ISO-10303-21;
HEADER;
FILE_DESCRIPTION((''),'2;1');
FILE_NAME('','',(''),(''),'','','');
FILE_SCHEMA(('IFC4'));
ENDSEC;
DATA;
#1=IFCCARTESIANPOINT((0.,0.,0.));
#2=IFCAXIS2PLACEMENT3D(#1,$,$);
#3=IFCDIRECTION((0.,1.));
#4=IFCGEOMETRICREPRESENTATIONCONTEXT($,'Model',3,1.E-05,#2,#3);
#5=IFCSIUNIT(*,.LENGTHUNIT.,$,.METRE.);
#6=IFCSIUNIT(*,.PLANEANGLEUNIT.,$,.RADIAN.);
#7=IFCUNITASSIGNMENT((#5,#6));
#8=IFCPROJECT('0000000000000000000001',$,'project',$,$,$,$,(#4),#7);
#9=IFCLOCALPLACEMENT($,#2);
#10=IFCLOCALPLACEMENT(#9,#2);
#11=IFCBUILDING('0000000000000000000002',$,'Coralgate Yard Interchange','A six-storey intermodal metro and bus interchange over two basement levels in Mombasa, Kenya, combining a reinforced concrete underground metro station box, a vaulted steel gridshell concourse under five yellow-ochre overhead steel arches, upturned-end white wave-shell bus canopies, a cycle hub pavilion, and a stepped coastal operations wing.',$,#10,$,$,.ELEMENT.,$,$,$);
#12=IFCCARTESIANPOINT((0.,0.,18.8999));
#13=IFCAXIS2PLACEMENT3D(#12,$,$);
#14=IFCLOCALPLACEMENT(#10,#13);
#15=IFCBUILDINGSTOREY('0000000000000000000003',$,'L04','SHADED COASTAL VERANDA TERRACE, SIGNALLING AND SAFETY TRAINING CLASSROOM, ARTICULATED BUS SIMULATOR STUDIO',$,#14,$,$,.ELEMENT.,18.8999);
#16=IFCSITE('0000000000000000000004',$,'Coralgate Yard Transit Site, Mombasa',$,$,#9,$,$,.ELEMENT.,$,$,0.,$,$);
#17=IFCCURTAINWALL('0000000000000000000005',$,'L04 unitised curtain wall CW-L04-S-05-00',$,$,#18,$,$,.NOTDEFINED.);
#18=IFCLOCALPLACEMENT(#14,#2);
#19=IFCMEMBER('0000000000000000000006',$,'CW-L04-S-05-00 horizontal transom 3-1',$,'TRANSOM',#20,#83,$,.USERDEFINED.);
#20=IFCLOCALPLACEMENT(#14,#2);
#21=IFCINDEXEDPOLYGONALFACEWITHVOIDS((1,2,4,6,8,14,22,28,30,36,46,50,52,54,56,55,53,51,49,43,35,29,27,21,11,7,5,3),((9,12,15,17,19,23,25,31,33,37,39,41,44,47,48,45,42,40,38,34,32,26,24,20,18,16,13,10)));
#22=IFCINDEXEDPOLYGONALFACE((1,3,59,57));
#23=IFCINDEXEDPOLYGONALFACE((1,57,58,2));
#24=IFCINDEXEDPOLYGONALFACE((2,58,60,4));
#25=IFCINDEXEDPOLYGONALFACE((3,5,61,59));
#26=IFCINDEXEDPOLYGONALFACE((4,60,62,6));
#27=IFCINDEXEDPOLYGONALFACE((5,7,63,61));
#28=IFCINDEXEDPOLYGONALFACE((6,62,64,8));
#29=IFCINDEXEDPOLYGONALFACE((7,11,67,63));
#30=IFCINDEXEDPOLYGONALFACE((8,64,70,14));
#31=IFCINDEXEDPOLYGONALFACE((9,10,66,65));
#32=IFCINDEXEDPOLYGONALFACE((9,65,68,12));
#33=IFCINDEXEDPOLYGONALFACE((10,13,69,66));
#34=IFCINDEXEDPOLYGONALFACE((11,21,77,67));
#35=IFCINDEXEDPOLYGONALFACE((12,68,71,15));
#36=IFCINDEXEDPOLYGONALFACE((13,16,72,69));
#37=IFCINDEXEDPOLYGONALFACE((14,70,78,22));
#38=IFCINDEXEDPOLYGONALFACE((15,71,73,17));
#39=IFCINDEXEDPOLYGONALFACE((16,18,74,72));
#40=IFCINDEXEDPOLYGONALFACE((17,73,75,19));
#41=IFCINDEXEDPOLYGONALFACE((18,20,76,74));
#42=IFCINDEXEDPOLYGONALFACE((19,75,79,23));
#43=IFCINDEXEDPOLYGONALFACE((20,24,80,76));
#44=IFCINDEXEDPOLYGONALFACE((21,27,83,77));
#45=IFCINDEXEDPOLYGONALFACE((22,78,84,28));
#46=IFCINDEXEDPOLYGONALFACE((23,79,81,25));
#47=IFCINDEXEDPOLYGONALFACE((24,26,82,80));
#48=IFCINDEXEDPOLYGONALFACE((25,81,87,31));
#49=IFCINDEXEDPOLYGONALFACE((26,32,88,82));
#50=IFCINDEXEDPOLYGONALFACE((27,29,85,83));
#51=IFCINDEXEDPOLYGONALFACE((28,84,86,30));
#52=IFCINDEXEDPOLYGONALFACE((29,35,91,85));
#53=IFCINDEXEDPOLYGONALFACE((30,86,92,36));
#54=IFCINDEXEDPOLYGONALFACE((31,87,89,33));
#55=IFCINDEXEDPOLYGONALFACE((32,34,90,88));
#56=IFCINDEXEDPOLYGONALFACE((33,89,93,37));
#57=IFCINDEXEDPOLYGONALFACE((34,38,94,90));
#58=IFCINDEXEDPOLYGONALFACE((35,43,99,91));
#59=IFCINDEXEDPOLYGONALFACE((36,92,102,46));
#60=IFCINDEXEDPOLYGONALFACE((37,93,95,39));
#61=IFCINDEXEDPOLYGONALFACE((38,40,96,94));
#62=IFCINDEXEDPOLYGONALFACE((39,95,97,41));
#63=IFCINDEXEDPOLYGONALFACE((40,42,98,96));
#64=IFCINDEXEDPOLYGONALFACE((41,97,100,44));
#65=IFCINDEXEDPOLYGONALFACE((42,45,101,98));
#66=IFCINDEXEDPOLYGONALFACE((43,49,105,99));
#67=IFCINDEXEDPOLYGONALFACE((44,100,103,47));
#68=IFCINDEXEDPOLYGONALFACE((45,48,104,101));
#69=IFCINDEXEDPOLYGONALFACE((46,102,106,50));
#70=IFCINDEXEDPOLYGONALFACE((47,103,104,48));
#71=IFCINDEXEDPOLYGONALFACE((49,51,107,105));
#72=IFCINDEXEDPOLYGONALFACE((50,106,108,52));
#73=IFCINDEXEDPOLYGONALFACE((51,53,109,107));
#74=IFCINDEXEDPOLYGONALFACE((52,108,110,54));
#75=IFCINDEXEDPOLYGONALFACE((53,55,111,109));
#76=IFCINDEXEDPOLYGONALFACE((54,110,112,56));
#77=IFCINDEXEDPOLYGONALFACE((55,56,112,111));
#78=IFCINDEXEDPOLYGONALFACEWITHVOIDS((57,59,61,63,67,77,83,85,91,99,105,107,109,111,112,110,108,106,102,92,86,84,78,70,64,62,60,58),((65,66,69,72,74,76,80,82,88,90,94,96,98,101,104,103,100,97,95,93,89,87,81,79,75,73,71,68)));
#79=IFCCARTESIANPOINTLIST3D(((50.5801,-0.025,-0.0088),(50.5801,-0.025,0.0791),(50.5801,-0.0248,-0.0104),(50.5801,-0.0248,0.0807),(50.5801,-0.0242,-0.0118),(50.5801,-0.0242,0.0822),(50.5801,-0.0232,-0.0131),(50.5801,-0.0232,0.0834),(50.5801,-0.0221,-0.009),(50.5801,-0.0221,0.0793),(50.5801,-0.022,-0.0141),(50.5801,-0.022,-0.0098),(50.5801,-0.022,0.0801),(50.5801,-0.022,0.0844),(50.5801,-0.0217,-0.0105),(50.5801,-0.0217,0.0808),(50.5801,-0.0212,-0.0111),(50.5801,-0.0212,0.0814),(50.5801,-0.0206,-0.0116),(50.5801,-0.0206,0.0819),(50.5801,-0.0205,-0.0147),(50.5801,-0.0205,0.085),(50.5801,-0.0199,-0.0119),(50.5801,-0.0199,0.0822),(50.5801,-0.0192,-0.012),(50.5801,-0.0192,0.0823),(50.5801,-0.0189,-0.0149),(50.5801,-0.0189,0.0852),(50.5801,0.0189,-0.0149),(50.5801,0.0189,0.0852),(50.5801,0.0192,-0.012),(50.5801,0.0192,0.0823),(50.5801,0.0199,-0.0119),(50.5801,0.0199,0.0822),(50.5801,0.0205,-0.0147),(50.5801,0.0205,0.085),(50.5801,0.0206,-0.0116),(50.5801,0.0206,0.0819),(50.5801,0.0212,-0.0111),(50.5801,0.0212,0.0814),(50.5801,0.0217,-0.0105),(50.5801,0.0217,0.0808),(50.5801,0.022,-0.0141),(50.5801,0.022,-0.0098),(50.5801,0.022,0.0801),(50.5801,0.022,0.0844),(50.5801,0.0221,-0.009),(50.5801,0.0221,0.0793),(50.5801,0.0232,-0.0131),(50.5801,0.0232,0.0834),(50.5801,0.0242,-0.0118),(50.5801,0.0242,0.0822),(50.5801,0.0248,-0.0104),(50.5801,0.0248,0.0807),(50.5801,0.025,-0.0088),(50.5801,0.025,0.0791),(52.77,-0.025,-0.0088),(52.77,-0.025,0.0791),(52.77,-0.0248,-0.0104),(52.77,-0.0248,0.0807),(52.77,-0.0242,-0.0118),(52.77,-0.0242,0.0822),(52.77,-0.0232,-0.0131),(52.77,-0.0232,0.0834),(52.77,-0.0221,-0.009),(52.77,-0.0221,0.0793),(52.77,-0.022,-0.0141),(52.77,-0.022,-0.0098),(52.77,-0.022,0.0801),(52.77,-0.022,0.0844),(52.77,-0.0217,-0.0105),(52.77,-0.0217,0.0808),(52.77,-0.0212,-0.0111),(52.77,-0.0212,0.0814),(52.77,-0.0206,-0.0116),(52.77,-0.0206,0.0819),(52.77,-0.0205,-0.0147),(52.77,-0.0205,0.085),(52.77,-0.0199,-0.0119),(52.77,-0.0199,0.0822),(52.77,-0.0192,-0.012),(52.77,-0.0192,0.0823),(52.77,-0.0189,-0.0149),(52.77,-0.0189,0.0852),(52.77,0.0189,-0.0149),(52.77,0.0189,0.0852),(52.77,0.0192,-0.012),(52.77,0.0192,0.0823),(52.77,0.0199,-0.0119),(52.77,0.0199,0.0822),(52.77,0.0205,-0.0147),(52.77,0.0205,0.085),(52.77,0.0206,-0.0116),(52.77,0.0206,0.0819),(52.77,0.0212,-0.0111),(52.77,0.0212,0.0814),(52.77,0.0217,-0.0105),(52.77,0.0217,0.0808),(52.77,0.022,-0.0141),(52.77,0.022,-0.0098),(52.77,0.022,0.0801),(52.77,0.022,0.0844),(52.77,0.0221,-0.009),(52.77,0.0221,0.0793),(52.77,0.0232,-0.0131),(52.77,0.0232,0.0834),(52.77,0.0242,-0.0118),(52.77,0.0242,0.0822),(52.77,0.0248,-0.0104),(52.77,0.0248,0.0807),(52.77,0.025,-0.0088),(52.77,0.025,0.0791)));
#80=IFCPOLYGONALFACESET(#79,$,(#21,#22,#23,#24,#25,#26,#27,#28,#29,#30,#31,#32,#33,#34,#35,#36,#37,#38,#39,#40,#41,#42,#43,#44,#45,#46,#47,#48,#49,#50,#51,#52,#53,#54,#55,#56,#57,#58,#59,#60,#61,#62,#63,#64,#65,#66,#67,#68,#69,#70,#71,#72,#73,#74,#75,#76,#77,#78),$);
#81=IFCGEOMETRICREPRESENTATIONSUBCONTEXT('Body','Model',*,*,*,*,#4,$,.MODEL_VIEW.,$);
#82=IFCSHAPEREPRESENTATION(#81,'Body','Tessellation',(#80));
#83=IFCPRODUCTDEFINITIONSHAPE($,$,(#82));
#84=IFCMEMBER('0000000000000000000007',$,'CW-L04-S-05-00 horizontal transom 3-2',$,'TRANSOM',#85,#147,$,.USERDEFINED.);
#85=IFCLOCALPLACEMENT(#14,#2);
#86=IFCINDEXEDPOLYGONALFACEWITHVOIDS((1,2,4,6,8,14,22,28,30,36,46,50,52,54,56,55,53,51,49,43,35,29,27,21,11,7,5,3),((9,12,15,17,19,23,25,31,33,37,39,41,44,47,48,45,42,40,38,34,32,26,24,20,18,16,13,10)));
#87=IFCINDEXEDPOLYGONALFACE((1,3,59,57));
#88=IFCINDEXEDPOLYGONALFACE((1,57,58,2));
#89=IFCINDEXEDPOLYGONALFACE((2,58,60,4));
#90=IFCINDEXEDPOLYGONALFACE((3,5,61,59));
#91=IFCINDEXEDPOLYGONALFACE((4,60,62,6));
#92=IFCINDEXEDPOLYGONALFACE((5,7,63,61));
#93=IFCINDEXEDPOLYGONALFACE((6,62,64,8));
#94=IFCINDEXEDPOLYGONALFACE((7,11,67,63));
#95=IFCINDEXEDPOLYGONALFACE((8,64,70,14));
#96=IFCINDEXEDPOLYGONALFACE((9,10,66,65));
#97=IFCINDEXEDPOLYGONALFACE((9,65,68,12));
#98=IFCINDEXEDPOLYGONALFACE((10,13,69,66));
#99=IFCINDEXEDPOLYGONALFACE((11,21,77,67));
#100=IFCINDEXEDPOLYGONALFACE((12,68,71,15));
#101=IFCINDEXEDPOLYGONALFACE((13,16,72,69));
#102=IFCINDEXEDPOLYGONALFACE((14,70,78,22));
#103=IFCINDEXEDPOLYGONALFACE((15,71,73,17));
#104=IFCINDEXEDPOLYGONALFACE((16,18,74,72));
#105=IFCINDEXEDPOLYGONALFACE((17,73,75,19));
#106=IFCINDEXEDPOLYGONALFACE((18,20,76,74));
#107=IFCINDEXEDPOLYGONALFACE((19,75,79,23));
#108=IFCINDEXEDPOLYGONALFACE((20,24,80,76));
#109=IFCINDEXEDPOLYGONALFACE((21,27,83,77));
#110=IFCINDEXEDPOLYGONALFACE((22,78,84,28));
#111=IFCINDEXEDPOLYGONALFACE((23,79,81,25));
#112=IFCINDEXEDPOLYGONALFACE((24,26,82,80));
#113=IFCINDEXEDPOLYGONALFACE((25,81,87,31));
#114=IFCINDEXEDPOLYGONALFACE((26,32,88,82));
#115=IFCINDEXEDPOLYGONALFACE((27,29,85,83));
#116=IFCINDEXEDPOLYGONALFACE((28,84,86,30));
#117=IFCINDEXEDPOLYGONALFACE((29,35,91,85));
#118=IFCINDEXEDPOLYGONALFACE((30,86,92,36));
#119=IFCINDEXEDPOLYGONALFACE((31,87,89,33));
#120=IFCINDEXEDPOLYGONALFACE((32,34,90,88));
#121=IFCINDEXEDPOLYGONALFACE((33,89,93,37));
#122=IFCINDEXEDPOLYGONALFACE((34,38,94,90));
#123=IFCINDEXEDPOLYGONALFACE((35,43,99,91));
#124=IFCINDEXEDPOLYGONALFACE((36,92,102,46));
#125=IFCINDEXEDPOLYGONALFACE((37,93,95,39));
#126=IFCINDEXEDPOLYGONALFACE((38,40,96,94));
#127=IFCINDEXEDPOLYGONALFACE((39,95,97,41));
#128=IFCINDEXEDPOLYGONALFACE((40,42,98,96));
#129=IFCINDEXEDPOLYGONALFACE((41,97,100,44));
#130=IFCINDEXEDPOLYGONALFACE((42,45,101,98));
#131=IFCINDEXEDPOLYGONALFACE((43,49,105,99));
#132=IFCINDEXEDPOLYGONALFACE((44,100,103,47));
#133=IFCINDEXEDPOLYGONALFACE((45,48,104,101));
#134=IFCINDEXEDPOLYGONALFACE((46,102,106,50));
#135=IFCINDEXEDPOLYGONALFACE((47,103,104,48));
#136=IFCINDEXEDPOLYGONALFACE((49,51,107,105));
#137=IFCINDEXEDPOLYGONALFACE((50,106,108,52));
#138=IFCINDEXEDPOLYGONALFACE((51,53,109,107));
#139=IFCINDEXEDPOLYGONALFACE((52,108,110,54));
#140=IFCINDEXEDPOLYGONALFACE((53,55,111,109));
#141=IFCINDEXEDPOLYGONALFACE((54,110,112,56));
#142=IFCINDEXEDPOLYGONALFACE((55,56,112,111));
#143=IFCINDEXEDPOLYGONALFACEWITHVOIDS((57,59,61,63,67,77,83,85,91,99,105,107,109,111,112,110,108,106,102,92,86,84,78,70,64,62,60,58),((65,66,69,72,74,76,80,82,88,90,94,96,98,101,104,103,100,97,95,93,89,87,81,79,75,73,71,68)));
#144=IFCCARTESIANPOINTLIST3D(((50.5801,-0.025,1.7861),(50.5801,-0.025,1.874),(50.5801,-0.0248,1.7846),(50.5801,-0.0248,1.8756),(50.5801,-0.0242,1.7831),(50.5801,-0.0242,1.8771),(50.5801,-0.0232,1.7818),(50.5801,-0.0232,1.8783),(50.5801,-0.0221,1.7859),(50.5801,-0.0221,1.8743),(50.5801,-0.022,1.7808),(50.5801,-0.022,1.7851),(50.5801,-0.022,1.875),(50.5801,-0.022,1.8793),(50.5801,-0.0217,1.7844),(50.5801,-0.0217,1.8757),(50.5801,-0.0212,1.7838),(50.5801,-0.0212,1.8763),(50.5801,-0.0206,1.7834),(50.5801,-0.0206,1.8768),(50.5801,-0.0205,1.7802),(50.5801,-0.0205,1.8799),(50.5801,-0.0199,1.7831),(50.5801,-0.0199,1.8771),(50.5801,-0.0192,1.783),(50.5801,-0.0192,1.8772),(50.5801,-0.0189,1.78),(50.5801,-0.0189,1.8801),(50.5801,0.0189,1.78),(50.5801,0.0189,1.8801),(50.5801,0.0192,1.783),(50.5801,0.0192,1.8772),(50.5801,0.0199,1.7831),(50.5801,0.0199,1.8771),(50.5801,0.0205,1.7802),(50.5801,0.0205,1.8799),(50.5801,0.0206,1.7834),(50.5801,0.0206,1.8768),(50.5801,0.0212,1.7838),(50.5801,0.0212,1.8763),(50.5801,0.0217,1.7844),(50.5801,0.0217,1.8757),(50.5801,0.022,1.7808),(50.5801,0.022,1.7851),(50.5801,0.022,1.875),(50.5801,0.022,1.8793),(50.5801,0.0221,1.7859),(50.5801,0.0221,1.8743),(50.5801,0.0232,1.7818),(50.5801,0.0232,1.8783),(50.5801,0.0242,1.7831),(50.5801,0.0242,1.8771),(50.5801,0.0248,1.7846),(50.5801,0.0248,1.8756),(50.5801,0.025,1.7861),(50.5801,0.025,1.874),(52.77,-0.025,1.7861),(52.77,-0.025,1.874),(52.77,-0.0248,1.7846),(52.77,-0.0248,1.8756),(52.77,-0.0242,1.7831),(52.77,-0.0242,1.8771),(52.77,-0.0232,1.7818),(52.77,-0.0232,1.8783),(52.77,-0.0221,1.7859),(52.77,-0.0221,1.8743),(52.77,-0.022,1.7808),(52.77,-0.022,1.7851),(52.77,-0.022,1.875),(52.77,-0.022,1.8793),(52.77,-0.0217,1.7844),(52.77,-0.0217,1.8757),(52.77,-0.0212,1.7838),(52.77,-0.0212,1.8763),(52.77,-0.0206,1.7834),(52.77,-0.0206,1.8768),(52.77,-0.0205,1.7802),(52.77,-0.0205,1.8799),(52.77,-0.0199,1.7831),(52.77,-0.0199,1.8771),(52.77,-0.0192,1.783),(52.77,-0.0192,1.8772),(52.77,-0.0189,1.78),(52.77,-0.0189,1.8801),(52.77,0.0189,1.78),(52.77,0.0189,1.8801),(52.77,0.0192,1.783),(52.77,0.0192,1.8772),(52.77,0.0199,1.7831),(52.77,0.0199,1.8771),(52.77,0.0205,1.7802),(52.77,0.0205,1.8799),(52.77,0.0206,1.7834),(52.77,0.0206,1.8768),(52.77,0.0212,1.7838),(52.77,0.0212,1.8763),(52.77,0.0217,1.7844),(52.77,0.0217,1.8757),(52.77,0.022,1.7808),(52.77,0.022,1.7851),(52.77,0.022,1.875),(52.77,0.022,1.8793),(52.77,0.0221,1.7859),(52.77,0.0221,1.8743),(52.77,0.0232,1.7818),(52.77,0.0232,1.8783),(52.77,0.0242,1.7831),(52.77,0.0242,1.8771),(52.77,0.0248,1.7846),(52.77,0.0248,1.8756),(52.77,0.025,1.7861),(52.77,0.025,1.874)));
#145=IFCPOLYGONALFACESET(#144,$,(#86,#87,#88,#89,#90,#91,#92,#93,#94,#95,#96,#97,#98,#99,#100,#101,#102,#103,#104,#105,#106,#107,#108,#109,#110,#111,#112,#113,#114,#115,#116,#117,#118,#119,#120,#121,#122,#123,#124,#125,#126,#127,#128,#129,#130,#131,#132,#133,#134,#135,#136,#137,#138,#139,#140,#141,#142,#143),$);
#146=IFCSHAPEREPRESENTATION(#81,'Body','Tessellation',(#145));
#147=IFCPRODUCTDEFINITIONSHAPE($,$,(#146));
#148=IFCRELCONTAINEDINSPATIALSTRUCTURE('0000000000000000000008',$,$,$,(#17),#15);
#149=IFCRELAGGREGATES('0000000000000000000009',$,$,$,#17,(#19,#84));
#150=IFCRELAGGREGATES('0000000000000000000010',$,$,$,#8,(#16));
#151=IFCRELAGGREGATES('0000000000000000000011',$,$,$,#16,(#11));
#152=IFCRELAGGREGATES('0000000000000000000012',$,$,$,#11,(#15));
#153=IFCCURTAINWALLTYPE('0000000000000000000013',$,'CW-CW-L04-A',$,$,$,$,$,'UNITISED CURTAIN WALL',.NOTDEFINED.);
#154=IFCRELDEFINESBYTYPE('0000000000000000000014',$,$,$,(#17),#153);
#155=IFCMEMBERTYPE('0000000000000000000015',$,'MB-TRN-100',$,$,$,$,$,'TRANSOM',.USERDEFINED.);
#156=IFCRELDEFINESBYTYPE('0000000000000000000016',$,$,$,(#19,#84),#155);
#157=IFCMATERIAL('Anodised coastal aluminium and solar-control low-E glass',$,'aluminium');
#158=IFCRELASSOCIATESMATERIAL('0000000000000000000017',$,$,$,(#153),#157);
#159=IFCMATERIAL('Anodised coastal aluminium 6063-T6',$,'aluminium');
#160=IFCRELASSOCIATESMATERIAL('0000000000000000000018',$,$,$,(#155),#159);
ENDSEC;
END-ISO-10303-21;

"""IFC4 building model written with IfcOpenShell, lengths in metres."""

from ifc_helpers import new_model, si_unit, direction, frame, origin, origin_2d, place, context, subcontext, project, spatial, hollow_rectangle, extrude, material, material_profile, profile_set, type_object, element, aggregate, save


model = new_model("IFC4")

# Units and contexts
model_context = context("Model", 3, precision=1e-05, world=origin(), true_north=direction((0.0, 1.0)))
body_context = subcontext(model_context, "Body", "Model", "MODEL_VIEW")
ifc_project = project(units=[si_unit("LENGTHUNIT", "METRE"), si_unit("PLANEANGLEUNIT", "RADIAN")], contexts=[model_context])

# Site, building, storey
site_placement = place(None, origin())
site = spatial("IfcSite", under=ifc_project, at=site_placement, Name="Coralgate Yard Transit Site, Mombasa", CompositionType="ELEMENT", RefElevation=0.0)
building_placement = place(site_placement, origin())
building = spatial("IfcBuilding", under=site, at=building_placement, Name="Coralgate Yard Interchange", Description="A six-storey intermodal metro and bus interchange over two basement levels in Mombasa, Kenya, combining a reinforced concrete underground metro station box, a vaulted steel gridshell concourse under five yellow-ochre overhead steel arches, upturned-end white wave-shell bus canopies, a cycle hub pavilion, and a stepped coastal operations wing.", CompositionType="ELEMENT")
storey_placement = place(building_placement, frame((0.0, 0.0, 18.8999)))
storey = spatial("IfcBuildingStorey", under=building, at=storey_placement, Name="L04", Description="SHADED COASTAL VERANDA TERRACE, SIGNALLING AND SAFETY TRAINING CLASSROOM, ARTICULATED BUS SIMULATOR STUDIO", CompositionType="ELEMENT", Elevation=18.8999)

# Curtain wall
ifc_material_1 = material(Name="Anodised coastal aluminium and solar-control low-E glass", Category="aluminium")
curtain_wall_type = type_object("IfcCurtainWallType", Name="CW-CW-L04-A", ElementType="UNITISED CURTAIN WALL", PredefinedType="NOTDEFINED", material=ifc_material_1)
curtain_wall_1_placement = place(storey_placement, origin())
curtain_wall_1 = element("IfcCurtainWall", 1, at=curtain_wall_1_placement, inside=storey, type_object=curtain_wall_type, Name="L04 unitised curtain wall CW-L04-S-05-00", PredefinedType="NOTDEFINED")
ifc_material_2 = material(Name="Anodised coastal aluminium 6063-T6", Category="aluminium")

# Members
ifc_material_profile_1 = material_profile(ifc_material_2, hollow_rectangle(XDim=0.05, YDim=0.1001, WallThickness=0.0029, InnerFilletRadius=0.0029, OuterFilletRadius=0.0061, at=origin_2d()), Name="ALU 50x100x3")
ifc_profile_set_1 = profile_set([ifc_material_profile_1], Name="Anodised coastal aluminium 6063-T6")
member_type_1 = type_object("IfcMemberType", Name="MB-TRN-100", ElementType="TRANSOM", PredefinedType="USERDEFINED", material=ifc_profile_set_1)
member_1_placement = place(storey_placement, frame((52.77, 0.0, 0.0352), z_axis=(-1.0, 0.0, 0.0), x_axis=(0.0, -1.0, 0.0)))
member_1 = element("IfcMember", 2, at=member_1_placement, type_object=member_type_1, Name="CW-L04-S-05-00 horizontal transom 3-1", ObjectType="TRANSOM", PredefinedType="USERDEFINED", context=body_context, shape_type="SweptSolid", body=[
    extrude(hollow_rectangle(XDim=0.05, YDim=0.1001, WallThickness=0.0029, InnerFilletRadius=0.0029, OuterFilletRadius=0.0061, at=origin_2d()), origin(), (0.0, 0.0, 1.0), 2.1899),
])
member_2_placement = place(storey_placement, frame((52.77, 0.0, 1.8301), z_axis=(-1.0, 0.0, 0.0), x_axis=(0.0, -1.0, 0.0)))
member_2 = element("IfcMember", 3, at=member_2_placement, type_object=member_type_1, Name="CW-L04-S-05-00 horizontal transom 3-2", ObjectType="TRANSOM", PredefinedType="USERDEFINED", context=body_context, shape_type="SweptSolid", body=[
    extrude(hollow_rectangle(XDim=0.05, YDim=0.1001, WallThickness=0.0029, InnerFilletRadius=0.0029, OuterFilletRadius=0.0061, at=origin_2d()), origin(), (0.0, 0.0, 1.0), 2.1899),
])

aggregate(curtain_wall_1, [member_1, member_2])

save(model, "model.ifc")
